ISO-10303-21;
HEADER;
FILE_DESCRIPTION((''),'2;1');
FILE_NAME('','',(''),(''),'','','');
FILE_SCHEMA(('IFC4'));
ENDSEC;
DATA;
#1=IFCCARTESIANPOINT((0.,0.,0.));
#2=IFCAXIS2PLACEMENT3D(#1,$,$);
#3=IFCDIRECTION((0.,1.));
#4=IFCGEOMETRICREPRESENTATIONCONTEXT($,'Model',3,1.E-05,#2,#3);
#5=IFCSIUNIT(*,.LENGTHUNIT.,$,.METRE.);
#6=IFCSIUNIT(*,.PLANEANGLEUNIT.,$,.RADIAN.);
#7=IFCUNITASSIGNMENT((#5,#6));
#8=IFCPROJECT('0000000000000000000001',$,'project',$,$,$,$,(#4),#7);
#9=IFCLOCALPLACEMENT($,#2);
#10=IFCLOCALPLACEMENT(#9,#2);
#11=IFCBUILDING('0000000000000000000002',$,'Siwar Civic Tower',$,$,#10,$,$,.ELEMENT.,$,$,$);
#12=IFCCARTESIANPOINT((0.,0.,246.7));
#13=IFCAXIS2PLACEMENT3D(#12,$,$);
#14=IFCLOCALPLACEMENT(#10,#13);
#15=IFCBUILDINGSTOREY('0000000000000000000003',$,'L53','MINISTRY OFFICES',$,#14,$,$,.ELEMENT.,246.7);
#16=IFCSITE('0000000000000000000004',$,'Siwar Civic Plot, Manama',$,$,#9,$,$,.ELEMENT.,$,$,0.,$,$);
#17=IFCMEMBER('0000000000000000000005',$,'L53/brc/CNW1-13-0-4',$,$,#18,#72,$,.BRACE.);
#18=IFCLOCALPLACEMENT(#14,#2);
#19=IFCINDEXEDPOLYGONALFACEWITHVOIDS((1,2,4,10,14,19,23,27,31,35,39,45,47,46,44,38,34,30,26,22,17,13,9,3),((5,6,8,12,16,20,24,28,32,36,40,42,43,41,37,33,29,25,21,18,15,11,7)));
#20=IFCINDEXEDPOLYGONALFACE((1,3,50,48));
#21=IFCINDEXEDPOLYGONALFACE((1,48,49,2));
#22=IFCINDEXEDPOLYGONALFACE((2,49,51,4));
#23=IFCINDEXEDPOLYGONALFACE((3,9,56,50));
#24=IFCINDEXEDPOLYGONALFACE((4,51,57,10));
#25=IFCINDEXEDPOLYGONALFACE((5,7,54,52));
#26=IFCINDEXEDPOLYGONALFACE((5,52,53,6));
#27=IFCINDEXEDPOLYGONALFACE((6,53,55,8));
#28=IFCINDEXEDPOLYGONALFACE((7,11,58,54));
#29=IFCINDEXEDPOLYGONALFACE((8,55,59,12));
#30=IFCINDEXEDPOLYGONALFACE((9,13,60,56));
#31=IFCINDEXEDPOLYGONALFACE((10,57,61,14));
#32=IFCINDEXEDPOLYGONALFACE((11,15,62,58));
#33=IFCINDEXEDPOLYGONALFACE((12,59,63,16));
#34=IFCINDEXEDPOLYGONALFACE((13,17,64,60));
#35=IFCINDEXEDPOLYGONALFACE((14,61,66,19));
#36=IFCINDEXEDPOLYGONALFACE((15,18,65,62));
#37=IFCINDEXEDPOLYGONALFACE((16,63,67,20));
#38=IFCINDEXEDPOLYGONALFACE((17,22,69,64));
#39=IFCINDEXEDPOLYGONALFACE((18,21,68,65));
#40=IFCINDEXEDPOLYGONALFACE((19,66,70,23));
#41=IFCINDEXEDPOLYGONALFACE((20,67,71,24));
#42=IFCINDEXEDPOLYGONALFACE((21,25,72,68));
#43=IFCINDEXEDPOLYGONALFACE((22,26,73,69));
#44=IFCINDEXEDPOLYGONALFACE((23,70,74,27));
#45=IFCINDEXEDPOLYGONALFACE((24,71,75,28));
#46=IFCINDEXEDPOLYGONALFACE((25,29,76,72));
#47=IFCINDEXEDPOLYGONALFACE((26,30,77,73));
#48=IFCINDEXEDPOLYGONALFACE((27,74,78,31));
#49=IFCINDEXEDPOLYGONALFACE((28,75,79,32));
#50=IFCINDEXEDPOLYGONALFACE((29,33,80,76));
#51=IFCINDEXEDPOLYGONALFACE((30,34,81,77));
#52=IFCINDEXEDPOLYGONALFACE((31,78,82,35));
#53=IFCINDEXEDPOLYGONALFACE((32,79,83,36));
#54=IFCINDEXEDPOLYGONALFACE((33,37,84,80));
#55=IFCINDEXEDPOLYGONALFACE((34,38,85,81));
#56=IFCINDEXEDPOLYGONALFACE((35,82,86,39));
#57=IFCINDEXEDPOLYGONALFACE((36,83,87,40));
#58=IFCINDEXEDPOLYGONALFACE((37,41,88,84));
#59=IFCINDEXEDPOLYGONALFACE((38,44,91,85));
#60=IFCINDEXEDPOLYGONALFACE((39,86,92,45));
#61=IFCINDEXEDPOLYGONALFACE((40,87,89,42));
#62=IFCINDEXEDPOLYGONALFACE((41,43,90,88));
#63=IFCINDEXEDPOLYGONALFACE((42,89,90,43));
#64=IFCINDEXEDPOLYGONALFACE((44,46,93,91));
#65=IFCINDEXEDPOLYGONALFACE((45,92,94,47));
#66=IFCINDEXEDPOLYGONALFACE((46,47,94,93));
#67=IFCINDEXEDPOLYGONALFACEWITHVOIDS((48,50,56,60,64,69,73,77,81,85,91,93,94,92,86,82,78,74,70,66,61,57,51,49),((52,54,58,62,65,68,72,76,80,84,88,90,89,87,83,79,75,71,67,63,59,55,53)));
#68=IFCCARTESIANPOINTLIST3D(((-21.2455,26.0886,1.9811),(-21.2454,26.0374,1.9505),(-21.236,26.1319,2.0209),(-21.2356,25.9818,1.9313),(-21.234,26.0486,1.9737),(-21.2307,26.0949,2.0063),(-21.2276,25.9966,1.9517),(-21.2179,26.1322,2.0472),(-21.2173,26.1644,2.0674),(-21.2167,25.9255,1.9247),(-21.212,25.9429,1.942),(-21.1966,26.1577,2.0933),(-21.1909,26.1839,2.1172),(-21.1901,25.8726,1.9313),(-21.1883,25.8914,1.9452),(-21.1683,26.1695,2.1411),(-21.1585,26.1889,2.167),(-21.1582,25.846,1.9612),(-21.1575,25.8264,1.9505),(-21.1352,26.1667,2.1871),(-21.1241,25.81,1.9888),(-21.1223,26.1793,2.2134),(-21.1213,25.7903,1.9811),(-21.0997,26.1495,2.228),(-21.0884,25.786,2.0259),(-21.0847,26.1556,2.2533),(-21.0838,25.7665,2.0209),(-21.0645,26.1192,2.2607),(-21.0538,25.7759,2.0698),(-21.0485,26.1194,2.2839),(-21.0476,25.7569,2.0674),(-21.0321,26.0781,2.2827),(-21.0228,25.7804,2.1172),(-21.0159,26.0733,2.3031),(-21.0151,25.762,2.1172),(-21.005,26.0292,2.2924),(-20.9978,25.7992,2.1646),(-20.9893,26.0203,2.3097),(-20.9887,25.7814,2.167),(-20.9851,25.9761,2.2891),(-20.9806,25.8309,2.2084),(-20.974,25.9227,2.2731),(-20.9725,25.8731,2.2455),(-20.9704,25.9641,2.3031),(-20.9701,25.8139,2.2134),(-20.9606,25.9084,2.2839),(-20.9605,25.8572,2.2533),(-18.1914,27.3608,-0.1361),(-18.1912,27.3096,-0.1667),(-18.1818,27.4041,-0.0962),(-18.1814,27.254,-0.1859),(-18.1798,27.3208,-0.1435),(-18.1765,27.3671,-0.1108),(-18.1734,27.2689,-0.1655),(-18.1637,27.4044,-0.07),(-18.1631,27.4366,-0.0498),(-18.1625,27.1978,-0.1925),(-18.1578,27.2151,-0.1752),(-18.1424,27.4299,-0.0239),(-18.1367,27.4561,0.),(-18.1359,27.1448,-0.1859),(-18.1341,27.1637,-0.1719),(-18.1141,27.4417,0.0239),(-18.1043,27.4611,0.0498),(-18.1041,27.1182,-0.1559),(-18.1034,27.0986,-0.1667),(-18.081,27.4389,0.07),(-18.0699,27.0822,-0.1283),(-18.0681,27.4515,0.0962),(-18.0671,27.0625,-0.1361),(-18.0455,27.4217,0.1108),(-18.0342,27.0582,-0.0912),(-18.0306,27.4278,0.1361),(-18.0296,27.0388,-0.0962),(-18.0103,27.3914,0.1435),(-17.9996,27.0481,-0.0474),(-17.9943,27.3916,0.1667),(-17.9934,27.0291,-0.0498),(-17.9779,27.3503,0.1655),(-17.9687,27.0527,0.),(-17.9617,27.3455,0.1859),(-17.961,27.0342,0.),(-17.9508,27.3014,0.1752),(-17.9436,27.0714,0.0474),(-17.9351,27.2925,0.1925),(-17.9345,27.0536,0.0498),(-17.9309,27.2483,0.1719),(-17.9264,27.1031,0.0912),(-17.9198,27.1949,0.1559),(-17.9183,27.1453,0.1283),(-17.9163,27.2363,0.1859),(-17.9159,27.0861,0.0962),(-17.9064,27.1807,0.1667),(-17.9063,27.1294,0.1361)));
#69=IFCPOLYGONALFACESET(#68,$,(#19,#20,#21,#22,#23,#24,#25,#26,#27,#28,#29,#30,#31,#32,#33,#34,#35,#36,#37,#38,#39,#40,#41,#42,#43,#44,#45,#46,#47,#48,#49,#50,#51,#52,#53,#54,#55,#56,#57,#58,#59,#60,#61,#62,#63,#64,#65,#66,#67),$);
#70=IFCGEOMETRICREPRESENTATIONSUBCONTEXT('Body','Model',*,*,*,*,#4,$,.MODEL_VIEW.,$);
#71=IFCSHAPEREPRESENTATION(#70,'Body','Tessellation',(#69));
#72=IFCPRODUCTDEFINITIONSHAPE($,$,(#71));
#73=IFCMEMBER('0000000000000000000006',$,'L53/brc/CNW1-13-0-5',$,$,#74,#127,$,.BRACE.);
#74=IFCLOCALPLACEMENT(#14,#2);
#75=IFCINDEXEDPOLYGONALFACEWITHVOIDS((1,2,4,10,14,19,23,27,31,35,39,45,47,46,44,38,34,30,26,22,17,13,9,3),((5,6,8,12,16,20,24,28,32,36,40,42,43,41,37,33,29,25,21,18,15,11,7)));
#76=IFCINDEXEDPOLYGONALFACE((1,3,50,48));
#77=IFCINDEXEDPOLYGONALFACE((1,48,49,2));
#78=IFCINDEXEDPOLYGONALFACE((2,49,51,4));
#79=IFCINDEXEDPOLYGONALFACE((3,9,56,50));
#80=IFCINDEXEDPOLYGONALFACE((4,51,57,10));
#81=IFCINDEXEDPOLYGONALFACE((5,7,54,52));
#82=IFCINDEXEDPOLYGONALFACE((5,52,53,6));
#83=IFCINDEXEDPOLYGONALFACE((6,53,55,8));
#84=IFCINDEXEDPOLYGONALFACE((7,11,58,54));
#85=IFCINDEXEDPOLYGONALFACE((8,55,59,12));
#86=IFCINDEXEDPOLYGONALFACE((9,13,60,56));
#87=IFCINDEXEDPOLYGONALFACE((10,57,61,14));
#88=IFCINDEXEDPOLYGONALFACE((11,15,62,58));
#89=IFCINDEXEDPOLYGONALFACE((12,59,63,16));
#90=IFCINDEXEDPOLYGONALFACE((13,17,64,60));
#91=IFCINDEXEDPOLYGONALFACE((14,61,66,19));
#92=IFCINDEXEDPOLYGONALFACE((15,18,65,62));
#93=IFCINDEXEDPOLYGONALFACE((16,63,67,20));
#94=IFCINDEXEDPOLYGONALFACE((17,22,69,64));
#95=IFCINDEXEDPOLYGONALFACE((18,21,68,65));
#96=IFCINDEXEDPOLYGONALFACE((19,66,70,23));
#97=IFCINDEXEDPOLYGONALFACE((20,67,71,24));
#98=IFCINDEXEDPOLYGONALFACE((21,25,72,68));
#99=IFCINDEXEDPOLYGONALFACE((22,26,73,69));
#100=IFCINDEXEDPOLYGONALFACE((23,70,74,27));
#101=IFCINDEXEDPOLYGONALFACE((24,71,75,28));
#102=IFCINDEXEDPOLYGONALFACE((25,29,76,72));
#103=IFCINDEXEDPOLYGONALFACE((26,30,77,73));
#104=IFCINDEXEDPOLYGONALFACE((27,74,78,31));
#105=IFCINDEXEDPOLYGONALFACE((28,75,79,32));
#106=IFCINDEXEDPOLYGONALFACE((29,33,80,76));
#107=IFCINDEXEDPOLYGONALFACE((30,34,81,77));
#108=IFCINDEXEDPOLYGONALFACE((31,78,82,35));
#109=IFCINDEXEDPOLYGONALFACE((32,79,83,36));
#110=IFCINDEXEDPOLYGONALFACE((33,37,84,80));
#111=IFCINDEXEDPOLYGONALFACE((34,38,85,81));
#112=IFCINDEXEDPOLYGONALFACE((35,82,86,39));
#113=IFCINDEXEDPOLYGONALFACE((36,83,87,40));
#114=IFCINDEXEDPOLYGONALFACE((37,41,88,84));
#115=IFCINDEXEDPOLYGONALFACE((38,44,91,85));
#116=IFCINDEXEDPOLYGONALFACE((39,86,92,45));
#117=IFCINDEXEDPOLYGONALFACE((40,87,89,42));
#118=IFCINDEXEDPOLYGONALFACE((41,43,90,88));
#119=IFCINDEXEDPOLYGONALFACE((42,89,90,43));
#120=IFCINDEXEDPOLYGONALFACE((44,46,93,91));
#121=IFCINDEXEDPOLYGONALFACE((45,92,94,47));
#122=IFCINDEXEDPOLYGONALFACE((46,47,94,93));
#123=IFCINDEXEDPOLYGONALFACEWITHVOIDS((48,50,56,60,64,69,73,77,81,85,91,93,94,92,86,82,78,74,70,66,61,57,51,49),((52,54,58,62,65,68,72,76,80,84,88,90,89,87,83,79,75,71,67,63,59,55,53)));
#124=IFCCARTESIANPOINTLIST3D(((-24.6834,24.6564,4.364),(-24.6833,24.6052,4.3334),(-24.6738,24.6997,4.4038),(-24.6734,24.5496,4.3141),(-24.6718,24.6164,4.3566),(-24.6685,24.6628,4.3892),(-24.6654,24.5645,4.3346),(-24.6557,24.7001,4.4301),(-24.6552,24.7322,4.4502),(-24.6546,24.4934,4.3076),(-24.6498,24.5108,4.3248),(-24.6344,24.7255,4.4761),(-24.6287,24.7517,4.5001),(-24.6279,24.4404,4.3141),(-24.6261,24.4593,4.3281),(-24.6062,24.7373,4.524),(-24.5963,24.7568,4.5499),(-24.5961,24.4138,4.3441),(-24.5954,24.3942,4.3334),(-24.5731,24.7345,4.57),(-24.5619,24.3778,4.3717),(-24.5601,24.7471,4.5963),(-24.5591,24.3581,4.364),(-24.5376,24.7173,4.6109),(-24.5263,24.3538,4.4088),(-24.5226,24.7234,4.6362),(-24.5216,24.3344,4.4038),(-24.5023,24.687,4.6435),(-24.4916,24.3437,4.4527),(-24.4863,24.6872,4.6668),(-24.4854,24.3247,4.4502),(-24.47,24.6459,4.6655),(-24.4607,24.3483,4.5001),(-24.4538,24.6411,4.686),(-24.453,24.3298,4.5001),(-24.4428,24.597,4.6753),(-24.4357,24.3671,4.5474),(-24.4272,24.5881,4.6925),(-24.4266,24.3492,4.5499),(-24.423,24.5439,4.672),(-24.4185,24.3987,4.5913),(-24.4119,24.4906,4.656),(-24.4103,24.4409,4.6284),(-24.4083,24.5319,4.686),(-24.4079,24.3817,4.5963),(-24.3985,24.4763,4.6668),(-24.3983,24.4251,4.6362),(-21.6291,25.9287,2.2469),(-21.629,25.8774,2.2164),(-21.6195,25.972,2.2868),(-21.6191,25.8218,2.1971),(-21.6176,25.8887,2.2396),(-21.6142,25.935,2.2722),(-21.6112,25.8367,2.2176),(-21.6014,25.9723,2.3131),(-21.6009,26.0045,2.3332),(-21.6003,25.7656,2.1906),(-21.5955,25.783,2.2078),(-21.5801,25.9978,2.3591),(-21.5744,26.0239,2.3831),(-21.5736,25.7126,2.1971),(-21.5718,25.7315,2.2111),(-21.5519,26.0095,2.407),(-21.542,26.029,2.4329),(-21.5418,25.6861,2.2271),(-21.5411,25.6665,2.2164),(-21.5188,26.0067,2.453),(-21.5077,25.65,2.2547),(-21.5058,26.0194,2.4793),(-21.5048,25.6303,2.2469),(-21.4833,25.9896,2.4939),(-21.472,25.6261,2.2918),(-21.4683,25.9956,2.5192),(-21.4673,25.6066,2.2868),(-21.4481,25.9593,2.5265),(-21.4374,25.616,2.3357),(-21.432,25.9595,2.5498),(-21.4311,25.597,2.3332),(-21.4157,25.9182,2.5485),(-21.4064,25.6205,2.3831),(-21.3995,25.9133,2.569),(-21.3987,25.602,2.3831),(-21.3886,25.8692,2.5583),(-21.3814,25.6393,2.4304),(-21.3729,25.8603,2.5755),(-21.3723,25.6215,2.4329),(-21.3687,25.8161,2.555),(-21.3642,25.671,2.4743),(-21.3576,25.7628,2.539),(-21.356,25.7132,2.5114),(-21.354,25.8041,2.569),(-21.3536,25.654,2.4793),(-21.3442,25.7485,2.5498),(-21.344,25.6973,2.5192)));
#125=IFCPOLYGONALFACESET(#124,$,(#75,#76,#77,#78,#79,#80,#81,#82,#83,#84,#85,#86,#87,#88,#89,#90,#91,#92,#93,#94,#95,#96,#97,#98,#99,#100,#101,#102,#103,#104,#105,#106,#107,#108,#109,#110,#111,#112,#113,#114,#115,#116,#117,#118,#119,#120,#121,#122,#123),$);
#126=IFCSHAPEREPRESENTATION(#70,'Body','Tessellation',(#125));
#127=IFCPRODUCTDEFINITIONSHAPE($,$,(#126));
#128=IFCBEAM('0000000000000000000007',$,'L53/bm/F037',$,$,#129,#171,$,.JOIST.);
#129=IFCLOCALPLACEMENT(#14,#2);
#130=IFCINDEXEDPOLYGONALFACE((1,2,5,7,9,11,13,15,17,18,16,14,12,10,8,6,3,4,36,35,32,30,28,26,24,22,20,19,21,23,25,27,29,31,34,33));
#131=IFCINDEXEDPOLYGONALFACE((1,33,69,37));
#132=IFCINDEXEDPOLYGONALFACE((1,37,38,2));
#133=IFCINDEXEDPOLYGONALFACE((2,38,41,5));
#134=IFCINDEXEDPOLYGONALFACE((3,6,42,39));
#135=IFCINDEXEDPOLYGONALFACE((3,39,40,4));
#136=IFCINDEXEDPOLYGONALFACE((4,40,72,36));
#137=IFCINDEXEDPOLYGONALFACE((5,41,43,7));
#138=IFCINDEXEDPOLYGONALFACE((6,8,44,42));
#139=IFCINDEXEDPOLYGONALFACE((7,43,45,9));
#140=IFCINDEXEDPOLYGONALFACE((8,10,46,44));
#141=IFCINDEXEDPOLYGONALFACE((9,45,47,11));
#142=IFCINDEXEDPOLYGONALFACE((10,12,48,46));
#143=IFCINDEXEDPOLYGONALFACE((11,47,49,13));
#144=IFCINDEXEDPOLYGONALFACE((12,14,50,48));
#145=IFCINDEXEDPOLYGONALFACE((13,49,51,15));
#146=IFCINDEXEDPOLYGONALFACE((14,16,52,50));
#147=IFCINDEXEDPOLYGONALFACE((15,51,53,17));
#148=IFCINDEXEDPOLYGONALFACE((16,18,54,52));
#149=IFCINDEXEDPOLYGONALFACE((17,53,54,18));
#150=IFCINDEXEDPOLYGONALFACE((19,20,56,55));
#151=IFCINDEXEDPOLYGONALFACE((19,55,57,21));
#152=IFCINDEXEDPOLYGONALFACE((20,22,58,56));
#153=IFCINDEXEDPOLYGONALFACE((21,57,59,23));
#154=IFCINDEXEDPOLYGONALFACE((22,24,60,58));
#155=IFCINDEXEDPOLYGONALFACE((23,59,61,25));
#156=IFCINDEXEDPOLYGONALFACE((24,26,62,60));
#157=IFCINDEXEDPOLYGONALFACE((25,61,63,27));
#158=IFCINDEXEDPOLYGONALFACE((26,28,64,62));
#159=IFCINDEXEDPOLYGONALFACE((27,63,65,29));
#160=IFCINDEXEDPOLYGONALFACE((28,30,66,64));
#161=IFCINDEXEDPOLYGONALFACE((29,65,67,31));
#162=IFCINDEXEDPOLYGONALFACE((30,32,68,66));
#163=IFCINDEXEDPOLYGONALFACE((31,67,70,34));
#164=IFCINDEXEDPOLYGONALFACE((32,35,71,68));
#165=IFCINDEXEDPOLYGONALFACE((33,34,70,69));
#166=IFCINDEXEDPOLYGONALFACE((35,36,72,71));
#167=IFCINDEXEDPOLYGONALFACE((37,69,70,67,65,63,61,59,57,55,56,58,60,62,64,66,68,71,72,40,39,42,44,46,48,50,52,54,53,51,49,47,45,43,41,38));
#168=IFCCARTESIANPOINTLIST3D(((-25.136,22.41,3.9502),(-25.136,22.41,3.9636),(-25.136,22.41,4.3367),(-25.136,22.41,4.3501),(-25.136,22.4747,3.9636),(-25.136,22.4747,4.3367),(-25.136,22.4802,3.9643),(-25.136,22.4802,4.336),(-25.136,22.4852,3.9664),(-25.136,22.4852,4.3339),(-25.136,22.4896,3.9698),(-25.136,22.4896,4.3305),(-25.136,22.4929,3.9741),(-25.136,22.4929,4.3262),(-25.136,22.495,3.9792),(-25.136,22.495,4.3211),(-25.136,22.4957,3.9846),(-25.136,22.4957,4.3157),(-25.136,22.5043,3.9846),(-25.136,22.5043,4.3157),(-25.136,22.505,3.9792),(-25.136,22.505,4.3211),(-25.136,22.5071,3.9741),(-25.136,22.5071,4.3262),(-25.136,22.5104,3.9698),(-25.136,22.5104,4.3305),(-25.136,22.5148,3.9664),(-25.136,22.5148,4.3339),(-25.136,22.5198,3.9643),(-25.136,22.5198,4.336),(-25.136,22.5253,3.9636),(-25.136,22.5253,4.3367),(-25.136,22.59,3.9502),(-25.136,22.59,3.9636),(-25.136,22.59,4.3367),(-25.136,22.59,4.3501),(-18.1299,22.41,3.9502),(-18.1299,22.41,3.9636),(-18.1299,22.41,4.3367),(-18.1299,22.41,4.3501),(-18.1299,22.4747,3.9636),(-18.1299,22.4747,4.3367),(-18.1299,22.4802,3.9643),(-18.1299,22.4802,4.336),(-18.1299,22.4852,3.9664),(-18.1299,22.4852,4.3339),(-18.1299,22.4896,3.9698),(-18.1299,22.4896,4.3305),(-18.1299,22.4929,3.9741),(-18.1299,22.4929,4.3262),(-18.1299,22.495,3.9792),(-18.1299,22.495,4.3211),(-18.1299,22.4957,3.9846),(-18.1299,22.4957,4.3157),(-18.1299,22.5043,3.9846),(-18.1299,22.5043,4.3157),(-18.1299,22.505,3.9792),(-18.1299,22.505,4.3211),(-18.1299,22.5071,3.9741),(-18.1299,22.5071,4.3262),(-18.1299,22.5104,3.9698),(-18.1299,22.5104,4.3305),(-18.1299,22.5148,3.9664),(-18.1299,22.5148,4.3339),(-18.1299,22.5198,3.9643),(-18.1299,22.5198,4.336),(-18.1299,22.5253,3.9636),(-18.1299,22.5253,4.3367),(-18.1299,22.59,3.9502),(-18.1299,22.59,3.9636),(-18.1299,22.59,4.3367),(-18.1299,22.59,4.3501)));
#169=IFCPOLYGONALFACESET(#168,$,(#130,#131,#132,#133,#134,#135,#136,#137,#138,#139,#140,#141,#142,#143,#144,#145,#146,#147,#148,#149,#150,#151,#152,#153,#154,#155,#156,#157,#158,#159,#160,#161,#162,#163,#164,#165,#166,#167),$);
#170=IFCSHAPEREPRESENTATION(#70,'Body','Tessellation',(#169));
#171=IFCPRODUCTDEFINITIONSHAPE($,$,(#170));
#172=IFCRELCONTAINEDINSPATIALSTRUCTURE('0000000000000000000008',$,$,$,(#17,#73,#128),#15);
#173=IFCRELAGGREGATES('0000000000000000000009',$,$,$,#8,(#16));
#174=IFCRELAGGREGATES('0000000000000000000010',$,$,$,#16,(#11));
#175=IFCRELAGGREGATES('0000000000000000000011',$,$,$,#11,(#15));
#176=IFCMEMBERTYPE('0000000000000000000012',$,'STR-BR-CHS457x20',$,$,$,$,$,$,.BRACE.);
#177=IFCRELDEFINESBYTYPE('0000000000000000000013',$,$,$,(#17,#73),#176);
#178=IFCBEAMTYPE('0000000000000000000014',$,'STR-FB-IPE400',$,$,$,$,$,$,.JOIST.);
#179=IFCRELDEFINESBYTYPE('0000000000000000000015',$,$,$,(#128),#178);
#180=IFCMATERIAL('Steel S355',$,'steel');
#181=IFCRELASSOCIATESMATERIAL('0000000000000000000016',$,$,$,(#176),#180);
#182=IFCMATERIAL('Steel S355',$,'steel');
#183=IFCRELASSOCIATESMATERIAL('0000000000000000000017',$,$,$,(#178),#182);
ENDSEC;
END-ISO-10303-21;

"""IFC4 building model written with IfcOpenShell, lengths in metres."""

from ifc_helpers import new_model, si_unit, direction, frame, origin, origin_2d, place, context, subcontext, project, spatial, hollow_circle, i_section, extrude, material, material_profile, profile_set, type_object, element, save


model = new_model("IFC4")

# Units and contexts
model_context = context("Model", 3, precision=1e-05, world=origin(), true_north=direction((0.0, 1.0)))
body_context = subcontext(model_context, "Body", "Model", "MODEL_VIEW")
ifc_project = project(units=[si_unit("LENGTHUNIT", "METRE"), si_unit("PLANEANGLEUNIT", "RADIAN")], contexts=[model_context])

# Site, building, storey
site_placement = place(None, origin())
site = spatial("IfcSite", under=ifc_project, at=site_placement, Name="Siwar Civic Plot, Manama", CompositionType="ELEMENT", RefElevation=0.0)
building_placement = place(site_placement, origin())
building = spatial("IfcBuilding", under=site, at=building_placement, Name="Siwar Civic Tower", CompositionType="ELEMENT")
storey_placement = place(building_placement, frame((0.0, 0.0, 246.7)))
storey = spatial("IfcBuildingStorey", under=building, at=storey_placement, Name="L53", Description="MINISTRY OFFICES", CompositionType="ELEMENT", Elevation=246.7)

# Members
ifc_material_1 = material(Name="Steel S355", Category="steel")
ifc_material_profile_1 = material_profile(ifc_material_1, hollow_circle(Radius=0.2285, WallThickness=0.02, at=origin_2d()), Name="CHS457x20")
ifc_profile_set_1 = profile_set([ifc_material_profile_1], Name="Steel S355")
member_type_1 = type_object("IfcMemberType", Name="STR-BR-CHS457x20", PredefinedType="BRACE", material=ifc_profile_set_1)
for number, where, z_axis, x_axis, name in (
    (1, (-18.0488, 27.2451, 0.0), (-0.777546, -0.323884, 0.538999), (0.384521, -0.923116, 0.0), "L53/brc/CNW1-13-0-4"),
    (2, (-21.4866, 25.813, 2.3831), (-0.777572, -0.323895, 0.538955), (0.384521, -0.923116, 0.0), "L53/brc/CNW1-13-0-5"),
):
    element("IfcMember", number, at=place(storey_placement, frame(where, z_axis=z_axis, x_axis=x_axis)), inside=storey, type_object=member_type_1, Name=name, PredefinedType="BRACE", context=body_context, shape_type="SweptSolid", body=[
        extrude(hollow_circle(Radius=0.2285, WallThickness=0.02, at=origin_2d()), origin(), (0.0, 0.0, 1.0), 3.928),
    ])

# Beam
ifc_material_2 = material(Name="Steel S355", Category="steel")
ifc_material_profile_2 = material_profile(ifc_material_2, i_section(OverallWidth=0.1799, OverallDepth=0.3999, WebThickness=0.0085, FlangeThickness=0.0134, FilletRadius=0.021, at=origin_2d()), Name="IPE400")
ifc_profile_set_2 = profile_set([ifc_material_profile_2], Name="Steel S355")
beam_type_1 = type_object("IfcBeamType", Name="STR-FB-IPE400", PredefinedType="JOIST", material=ifc_profile_set_2)
beam_1_placement = place(storey_placement, frame((-25.136, 22.5, 4.1501), z_axis=(1.0, 0.0, 0.0), x_axis=(0.0, 1.0, 0.0)))
element("IfcBeam", 3, at=beam_1_placement, inside=storey, type_object=beam_type_1, Name="L53/bm/F037", PredefinedType="JOIST", context=body_context, shape_type="SweptSolid", body=[
    extrude(i_section(OverallWidth=0.1799, OverallDepth=0.3999, WebThickness=0.0085, FlangeThickness=0.0134, FilletRadius=0.021, at=origin_2d()), origin(), (0.0, 0.0, 1.0), 7.0061),
])

save(model, "model.ifc")
